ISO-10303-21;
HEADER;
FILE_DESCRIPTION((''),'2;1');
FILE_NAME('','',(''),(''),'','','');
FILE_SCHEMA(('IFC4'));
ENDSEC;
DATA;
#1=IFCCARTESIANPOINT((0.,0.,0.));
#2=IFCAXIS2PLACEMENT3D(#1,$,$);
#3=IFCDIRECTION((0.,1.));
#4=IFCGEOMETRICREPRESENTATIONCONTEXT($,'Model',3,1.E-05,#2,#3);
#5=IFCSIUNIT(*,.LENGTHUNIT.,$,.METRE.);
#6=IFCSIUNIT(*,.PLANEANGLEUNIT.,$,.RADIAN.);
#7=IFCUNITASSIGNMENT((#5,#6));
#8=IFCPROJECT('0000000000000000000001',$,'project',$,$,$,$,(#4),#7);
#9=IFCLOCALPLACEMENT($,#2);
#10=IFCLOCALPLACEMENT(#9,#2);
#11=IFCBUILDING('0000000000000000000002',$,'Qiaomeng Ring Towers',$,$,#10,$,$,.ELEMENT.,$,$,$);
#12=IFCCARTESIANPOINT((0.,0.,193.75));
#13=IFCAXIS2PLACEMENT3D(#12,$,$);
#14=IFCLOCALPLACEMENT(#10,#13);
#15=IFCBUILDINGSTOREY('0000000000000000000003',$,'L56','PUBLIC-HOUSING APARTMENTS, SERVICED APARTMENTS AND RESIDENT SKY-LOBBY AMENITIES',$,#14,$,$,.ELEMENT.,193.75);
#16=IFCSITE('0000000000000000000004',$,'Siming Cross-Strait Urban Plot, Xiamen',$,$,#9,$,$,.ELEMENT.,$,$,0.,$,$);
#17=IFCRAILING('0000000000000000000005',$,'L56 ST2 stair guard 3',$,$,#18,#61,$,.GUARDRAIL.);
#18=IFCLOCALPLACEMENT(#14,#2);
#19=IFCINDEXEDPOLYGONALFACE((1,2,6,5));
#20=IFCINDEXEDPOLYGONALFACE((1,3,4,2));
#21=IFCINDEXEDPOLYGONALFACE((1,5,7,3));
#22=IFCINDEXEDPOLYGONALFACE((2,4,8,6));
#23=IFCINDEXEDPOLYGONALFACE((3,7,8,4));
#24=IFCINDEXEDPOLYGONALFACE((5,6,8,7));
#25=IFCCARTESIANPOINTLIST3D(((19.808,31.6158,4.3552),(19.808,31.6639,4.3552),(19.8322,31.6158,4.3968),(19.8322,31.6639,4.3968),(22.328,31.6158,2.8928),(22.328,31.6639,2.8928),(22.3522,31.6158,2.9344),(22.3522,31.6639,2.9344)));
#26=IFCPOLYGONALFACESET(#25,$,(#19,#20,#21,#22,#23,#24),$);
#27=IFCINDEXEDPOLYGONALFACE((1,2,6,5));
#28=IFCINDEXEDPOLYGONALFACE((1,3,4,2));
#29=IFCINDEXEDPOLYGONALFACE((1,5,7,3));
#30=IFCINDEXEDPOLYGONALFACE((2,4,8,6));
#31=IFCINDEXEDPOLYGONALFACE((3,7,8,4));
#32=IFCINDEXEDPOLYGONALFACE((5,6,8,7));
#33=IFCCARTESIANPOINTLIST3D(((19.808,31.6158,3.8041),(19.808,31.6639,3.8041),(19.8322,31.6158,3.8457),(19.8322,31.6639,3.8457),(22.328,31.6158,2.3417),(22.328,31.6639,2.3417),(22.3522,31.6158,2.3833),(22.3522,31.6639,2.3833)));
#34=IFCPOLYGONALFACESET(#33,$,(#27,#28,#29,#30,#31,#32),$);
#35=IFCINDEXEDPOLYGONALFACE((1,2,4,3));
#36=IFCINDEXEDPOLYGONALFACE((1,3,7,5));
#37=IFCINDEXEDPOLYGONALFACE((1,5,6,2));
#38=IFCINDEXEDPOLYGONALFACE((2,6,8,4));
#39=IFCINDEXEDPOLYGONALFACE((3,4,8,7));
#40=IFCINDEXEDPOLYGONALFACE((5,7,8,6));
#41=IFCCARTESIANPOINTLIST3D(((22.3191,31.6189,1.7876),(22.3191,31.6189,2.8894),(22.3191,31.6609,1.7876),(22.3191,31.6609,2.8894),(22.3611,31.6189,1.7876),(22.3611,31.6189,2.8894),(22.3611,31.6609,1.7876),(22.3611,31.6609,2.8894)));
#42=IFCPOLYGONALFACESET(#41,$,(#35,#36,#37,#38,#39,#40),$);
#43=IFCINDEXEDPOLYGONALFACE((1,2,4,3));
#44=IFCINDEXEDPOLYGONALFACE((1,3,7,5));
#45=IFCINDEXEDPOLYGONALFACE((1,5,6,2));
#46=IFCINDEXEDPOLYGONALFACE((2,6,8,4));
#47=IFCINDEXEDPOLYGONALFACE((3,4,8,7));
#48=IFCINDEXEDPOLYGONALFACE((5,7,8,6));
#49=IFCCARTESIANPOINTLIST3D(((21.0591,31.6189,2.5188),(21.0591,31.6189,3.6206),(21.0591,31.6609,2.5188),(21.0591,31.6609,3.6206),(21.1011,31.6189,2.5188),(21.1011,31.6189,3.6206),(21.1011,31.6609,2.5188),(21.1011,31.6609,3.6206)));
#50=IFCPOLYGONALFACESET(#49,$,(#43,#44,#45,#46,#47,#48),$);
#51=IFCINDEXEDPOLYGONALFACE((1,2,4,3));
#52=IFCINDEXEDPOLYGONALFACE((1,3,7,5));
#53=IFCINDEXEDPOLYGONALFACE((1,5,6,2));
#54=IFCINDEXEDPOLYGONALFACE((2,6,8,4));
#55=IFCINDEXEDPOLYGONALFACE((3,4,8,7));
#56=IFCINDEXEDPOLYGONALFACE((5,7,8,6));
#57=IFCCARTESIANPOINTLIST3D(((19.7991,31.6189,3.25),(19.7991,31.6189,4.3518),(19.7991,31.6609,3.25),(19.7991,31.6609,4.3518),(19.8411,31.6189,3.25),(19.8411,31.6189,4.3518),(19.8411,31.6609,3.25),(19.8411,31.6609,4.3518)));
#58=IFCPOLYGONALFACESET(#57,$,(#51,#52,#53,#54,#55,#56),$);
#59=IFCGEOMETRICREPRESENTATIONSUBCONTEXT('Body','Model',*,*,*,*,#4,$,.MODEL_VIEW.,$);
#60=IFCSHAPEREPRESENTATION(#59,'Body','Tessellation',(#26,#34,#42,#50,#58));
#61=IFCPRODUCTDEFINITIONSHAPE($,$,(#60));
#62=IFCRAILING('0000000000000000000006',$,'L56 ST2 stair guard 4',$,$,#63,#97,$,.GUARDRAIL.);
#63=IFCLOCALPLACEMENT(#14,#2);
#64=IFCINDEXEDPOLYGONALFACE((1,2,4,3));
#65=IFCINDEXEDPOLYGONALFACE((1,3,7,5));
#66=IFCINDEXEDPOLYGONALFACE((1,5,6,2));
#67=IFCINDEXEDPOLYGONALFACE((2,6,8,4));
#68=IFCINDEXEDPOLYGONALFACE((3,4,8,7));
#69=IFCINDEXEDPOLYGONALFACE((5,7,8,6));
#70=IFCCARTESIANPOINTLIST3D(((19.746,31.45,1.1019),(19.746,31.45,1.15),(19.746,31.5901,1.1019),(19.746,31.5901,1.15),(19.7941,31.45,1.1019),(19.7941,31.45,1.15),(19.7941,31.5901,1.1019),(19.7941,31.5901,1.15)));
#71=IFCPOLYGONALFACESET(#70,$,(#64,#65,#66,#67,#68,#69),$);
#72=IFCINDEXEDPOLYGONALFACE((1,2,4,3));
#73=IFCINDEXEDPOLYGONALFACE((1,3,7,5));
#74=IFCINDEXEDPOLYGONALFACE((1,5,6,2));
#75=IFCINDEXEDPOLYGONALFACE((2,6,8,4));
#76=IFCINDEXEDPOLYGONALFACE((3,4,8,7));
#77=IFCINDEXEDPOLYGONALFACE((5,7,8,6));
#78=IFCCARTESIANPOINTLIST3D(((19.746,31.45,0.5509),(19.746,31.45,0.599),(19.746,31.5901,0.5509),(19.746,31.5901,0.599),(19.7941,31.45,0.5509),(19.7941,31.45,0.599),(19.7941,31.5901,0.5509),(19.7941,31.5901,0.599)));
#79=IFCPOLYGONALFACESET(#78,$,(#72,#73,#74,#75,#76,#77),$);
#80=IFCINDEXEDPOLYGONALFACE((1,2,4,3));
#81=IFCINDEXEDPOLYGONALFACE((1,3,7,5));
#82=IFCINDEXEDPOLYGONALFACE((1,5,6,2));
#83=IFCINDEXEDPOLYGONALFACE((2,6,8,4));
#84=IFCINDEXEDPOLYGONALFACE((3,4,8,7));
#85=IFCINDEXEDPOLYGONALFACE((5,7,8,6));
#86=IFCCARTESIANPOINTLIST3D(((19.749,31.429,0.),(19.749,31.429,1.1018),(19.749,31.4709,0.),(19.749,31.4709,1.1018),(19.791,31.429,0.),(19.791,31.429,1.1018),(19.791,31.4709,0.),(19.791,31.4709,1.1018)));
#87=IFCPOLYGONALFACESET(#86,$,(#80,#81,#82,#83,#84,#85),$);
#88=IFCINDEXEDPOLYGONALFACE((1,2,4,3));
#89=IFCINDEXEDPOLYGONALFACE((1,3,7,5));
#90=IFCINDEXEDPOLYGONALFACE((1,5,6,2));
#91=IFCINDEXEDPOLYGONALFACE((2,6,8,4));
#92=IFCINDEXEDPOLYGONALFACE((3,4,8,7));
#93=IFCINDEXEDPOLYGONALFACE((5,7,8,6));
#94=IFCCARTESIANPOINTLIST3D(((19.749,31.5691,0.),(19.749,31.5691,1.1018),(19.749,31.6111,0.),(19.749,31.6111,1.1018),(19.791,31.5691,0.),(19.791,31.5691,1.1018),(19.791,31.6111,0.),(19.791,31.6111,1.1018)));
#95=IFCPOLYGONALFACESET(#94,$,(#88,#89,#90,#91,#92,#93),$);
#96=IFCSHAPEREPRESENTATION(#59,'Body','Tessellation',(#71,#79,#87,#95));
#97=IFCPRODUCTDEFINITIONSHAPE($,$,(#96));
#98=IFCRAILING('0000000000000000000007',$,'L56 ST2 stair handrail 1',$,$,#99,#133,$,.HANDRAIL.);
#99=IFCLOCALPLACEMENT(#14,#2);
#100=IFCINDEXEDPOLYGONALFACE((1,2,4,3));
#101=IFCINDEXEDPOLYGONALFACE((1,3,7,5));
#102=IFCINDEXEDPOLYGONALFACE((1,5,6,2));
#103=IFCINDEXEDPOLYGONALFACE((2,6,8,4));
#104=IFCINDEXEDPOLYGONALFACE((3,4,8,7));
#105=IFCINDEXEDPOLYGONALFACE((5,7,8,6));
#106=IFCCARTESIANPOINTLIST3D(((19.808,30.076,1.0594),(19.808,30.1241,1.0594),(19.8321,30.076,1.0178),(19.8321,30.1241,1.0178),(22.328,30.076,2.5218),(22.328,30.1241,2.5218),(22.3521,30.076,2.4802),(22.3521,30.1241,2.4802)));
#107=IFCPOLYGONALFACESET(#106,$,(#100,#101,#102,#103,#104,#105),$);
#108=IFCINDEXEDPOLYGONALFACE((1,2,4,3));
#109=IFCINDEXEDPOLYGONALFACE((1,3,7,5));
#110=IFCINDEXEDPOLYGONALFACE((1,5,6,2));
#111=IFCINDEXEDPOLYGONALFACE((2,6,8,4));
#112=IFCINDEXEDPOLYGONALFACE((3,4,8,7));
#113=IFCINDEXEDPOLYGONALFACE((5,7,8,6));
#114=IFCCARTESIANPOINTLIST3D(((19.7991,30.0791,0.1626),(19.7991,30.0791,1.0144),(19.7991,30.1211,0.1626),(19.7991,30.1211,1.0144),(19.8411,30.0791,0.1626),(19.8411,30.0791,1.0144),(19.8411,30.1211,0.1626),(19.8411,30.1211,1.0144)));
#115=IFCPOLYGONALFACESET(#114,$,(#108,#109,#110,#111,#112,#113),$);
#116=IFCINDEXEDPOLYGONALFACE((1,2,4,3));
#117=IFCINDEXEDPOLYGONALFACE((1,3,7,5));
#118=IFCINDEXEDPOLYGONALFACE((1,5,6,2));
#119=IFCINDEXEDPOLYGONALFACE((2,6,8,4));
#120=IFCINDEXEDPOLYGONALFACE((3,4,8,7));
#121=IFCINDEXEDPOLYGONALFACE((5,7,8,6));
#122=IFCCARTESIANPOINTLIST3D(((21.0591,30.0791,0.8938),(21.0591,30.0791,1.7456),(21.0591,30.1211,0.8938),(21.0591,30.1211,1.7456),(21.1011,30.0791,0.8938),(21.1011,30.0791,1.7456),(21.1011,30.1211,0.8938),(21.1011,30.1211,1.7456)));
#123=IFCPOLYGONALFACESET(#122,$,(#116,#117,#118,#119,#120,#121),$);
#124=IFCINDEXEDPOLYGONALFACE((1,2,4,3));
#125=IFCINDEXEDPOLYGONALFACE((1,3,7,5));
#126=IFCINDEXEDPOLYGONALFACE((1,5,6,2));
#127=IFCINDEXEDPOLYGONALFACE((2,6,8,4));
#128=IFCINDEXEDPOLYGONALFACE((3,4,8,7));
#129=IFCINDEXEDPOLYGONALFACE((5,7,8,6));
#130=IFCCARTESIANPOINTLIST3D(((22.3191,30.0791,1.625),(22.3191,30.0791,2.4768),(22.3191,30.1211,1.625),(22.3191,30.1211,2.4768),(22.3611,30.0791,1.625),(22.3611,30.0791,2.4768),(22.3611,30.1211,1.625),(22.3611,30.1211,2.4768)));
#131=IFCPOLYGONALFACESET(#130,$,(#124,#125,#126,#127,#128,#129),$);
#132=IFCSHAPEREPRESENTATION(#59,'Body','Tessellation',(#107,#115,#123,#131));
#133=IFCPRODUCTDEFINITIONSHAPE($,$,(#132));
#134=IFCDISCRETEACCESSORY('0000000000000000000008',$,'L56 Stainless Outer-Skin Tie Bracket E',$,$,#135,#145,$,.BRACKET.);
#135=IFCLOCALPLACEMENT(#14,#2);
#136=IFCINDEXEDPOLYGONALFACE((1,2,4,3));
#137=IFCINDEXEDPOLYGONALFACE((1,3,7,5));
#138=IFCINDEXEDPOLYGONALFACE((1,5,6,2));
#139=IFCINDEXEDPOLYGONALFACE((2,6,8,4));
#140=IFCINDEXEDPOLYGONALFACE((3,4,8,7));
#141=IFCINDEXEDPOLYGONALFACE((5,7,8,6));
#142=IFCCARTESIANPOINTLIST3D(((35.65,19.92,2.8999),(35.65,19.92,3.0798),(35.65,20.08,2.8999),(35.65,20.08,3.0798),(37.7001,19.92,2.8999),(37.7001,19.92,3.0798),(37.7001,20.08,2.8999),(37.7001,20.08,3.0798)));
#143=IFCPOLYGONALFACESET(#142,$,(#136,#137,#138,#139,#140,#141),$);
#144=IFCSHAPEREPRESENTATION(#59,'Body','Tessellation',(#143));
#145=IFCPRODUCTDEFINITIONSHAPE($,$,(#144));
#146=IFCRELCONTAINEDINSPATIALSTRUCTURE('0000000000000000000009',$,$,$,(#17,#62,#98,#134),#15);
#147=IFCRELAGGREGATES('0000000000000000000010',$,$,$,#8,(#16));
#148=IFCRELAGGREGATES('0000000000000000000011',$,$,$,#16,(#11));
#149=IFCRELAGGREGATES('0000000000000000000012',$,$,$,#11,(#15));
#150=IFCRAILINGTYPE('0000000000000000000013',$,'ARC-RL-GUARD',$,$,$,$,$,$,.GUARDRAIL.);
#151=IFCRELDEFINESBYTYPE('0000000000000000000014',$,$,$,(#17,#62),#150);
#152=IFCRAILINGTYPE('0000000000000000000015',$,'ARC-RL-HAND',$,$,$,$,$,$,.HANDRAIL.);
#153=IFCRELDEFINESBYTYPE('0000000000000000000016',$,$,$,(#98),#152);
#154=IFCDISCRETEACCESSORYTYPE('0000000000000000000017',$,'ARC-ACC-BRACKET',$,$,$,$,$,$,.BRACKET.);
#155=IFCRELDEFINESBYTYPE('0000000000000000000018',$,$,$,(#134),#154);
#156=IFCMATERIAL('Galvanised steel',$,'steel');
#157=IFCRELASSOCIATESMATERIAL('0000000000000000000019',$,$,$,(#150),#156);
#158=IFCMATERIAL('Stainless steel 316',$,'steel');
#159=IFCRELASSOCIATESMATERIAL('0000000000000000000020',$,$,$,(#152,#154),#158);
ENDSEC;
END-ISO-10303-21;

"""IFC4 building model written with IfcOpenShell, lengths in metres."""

from ifc_helpers import new_model, si_unit, direction, frame, origin, origin_2d, place, context, subcontext, project, spatial, rectangle, extrude, source, transform, mapped, material, type_object, element, save


model = new_model("IFC4")

# Units and contexts
model_context = context("Model", 3, precision=1e-05, world=origin(), true_north=direction((0.0, 1.0)))
body_context = subcontext(model_context, "Body", "Model", "MODEL_VIEW")
ifc_project = project(units=[si_unit("LENGTHUNIT", "METRE"), si_unit("PLANEANGLEUNIT", "RADIAN")], contexts=[model_context])

# Site, building, storey
site_placement = place(None, origin())
site = spatial("IfcSite", under=ifc_project, at=site_placement, Name="Siming Cross-Strait Urban Plot, Xiamen", CompositionType="ELEMENT", RefElevation=0.0)
building_placement = place(site_placement, origin())
building = spatial("IfcBuilding", under=site, at=building_placement, Name="Qiaomeng Ring Towers", CompositionType="ELEMENT")
storey_placement = place(building_placement, frame((0.0, 0.0, 193.75)))
storey = spatial("IfcBuildingStorey", under=building, at=storey_placement, Name="L56", Description="PUBLIC-HOUSING APARTMENTS, SERVICED APARTMENTS AND RESIDENT SKY-LOBBY AMENITIES", CompositionType="ELEMENT", Elevation=193.75)

# Shared definitions
ifc_material_1 = material(Name="Stainless steel 316", Category="steel")

# Shared definitions
ifc_material_2 = material(Name="Galvanised steel", Category="steel")

# Railings
railing_type_1 = type_object("IfcRailingType", Name="ARC-RL-GUARD", PredefinedType="GUARDRAIL", material=ifc_material_2)
railing_1_placement = place(storey_placement, frame((22.3401, 31.6399, 1.7876)))
element("IfcRailing", 1, at=railing_1_placement, inside=storey, type_object=railing_type_1, Name="L56 ST2 stair guard 3", PredefinedType="GUARDRAIL", context=body_context, shape_type="SweptSolid", body=[
    extrude(rectangle(XDim=0.0481, YDim=0.0481, at=origin_2d()), frame((0.0, 0.0, 1.126), z_axis=(-0.864913, 0.0, 0.501921), x_axis=(0.0, -1.0, 0.0)), (0.0, 0.0, 1.0), 2.9136),
    extrude(rectangle(XDim=0.0481, YDim=0.0481, at=origin_2d()), frame((0.0, 0.0, 0.575), z_axis=(-0.864913, 0.0, 0.501921), x_axis=(0.0, -1.0, 0.0)), (0.0, 0.0, 1.0), 2.9136),
    extrude(rectangle(XDim=0.042, YDim=0.042, at=origin_2d()), origin(), (0.0, 0.0, 1.0), 1.1018),
    extrude(rectangle(XDim=0.042, YDim=0.042, at=origin_2d()), frame((-1.26, 0.0, 0.7312)), (0.0, 0.0, 1.0), 1.1018),
    extrude(rectangle(XDim=0.042, YDim=0.042, at=origin_2d()), frame((-2.52, 0.0, 1.4624)), (0.0, 0.0, 1.0), 1.1018),
])
railing_2_placement = place(storey_placement, frame((19.77, 31.45, 0.0)))
element("IfcRailing", 2, at=railing_2_placement, inside=storey, type_object=railing_type_1, Name="L56 ST2 stair guard 4", PredefinedType="GUARDRAIL", context=body_context, shape_type="SweptSolid", body=[
    extrude(rectangle(XDim=0.0481, YDim=0.0481, at=origin_2d()), frame((0.0, 0.0, 1.126), z_axis=(0.0, 1.0, 0.0), x_axis=(-1.0, 0.0, 0.0)), (0.0, 0.0, 1.0), 0.1401),
    extrude(rectangle(XDim=0.0481, YDim=0.0481, at=origin_2d()), frame((0.0, 0.0, 0.575), z_axis=(0.0, 1.0, 0.0), x_axis=(-1.0, 0.0, 0.0)), (0.0, 0.0, 1.0), 0.1401),
    extrude(rectangle(XDim=0.042, YDim=0.042, at=origin_2d()), origin(), (0.0, 0.0, 1.0), 1.1018),
    extrude(rectangle(XDim=0.042, YDim=0.042, at=origin_2d()), frame((0.0, 0.1401, 0.0)), (0.0, 0.0, 1.0), 1.1018),
])
railing_type_2 = type_object("IfcRailingType", Name="ARC-RL-HAND", PredefinedType="HANDRAIL", material=ifc_material_1)
railing_3_placement = place(storey_placement, frame((19.8201, 30.1001, 0.1626)))
element("IfcRailing", 3, at=railing_3_placement, inside=storey, type_object=railing_type_2, Name="L56 ST2 stair handrail 1", PredefinedType="HANDRAIL", context=body_context, shape_type="SweptSolid", body=[
    extrude(rectangle(XDim=0.0481, YDim=0.0481, at=origin_2d()), frame((0.0, 0.0, 0.876), z_axis=(0.864913, 0.0, 0.501921), x_axis=(0.0, 1.0, 0.0)), (0.0, 0.0, 1.0), 2.9136),
    extrude(rectangle(XDim=0.042, YDim=0.042, at=origin_2d()), origin(), (0.0, 0.0, 1.0), 0.8518),
    extrude(rectangle(XDim=0.042, YDim=0.042, at=origin_2d()), frame((1.26, 0.0, 0.7312)), (0.0, 0.0, 1.0), 0.8518),
    extrude(rectangle(XDim=0.042, YDim=0.042, at=origin_2d()), frame((2.52, 0.0, 1.4624)), (0.0, 0.0, 1.0), 0.8518),
])

# Discrete accessory
discrete_accessory_type = type_object("IfcDiscreteAccessoryType", Name="ARC-ACC-BRACKET", PredefinedType="BRACKET", material=ifc_material_1)
shared_shape_1 = source(origin(), body_context, "Body", "SweptSolid", [
    extrude(rectangle(XDim=2.05, YDim=0.1599, at=origin_2d()), origin(), (0.0, 0.0, 1.0), 0.1799),
])
discrete_accessory_placement = place(storey_placement, frame((36.675, 20.0, 2.8999), z_axis=(0.0, 0.0, 1.0), x_axis=(1.0, 0.0, 0.0)))
element("IfcDiscreteAccessory", 4, at=discrete_accessory_placement, inside=storey, type_object=discrete_accessory_type, Name="L56 Stainless Outer-Skin Tie Bracket E", PredefinedType="BRACKET", context=body_context, shape_type="MappedRepresentation", body=[
    mapped(shared_shape_1, transform((0.0, 0.0, 0.0), x_axis=(1.0, 0.0, 0.0), y_axis=(0.0, 1.0, 0.0), z_axis=(0.0, 0.0, 1.0), scale=1.0)),
])

save(model, "model.ifc")
